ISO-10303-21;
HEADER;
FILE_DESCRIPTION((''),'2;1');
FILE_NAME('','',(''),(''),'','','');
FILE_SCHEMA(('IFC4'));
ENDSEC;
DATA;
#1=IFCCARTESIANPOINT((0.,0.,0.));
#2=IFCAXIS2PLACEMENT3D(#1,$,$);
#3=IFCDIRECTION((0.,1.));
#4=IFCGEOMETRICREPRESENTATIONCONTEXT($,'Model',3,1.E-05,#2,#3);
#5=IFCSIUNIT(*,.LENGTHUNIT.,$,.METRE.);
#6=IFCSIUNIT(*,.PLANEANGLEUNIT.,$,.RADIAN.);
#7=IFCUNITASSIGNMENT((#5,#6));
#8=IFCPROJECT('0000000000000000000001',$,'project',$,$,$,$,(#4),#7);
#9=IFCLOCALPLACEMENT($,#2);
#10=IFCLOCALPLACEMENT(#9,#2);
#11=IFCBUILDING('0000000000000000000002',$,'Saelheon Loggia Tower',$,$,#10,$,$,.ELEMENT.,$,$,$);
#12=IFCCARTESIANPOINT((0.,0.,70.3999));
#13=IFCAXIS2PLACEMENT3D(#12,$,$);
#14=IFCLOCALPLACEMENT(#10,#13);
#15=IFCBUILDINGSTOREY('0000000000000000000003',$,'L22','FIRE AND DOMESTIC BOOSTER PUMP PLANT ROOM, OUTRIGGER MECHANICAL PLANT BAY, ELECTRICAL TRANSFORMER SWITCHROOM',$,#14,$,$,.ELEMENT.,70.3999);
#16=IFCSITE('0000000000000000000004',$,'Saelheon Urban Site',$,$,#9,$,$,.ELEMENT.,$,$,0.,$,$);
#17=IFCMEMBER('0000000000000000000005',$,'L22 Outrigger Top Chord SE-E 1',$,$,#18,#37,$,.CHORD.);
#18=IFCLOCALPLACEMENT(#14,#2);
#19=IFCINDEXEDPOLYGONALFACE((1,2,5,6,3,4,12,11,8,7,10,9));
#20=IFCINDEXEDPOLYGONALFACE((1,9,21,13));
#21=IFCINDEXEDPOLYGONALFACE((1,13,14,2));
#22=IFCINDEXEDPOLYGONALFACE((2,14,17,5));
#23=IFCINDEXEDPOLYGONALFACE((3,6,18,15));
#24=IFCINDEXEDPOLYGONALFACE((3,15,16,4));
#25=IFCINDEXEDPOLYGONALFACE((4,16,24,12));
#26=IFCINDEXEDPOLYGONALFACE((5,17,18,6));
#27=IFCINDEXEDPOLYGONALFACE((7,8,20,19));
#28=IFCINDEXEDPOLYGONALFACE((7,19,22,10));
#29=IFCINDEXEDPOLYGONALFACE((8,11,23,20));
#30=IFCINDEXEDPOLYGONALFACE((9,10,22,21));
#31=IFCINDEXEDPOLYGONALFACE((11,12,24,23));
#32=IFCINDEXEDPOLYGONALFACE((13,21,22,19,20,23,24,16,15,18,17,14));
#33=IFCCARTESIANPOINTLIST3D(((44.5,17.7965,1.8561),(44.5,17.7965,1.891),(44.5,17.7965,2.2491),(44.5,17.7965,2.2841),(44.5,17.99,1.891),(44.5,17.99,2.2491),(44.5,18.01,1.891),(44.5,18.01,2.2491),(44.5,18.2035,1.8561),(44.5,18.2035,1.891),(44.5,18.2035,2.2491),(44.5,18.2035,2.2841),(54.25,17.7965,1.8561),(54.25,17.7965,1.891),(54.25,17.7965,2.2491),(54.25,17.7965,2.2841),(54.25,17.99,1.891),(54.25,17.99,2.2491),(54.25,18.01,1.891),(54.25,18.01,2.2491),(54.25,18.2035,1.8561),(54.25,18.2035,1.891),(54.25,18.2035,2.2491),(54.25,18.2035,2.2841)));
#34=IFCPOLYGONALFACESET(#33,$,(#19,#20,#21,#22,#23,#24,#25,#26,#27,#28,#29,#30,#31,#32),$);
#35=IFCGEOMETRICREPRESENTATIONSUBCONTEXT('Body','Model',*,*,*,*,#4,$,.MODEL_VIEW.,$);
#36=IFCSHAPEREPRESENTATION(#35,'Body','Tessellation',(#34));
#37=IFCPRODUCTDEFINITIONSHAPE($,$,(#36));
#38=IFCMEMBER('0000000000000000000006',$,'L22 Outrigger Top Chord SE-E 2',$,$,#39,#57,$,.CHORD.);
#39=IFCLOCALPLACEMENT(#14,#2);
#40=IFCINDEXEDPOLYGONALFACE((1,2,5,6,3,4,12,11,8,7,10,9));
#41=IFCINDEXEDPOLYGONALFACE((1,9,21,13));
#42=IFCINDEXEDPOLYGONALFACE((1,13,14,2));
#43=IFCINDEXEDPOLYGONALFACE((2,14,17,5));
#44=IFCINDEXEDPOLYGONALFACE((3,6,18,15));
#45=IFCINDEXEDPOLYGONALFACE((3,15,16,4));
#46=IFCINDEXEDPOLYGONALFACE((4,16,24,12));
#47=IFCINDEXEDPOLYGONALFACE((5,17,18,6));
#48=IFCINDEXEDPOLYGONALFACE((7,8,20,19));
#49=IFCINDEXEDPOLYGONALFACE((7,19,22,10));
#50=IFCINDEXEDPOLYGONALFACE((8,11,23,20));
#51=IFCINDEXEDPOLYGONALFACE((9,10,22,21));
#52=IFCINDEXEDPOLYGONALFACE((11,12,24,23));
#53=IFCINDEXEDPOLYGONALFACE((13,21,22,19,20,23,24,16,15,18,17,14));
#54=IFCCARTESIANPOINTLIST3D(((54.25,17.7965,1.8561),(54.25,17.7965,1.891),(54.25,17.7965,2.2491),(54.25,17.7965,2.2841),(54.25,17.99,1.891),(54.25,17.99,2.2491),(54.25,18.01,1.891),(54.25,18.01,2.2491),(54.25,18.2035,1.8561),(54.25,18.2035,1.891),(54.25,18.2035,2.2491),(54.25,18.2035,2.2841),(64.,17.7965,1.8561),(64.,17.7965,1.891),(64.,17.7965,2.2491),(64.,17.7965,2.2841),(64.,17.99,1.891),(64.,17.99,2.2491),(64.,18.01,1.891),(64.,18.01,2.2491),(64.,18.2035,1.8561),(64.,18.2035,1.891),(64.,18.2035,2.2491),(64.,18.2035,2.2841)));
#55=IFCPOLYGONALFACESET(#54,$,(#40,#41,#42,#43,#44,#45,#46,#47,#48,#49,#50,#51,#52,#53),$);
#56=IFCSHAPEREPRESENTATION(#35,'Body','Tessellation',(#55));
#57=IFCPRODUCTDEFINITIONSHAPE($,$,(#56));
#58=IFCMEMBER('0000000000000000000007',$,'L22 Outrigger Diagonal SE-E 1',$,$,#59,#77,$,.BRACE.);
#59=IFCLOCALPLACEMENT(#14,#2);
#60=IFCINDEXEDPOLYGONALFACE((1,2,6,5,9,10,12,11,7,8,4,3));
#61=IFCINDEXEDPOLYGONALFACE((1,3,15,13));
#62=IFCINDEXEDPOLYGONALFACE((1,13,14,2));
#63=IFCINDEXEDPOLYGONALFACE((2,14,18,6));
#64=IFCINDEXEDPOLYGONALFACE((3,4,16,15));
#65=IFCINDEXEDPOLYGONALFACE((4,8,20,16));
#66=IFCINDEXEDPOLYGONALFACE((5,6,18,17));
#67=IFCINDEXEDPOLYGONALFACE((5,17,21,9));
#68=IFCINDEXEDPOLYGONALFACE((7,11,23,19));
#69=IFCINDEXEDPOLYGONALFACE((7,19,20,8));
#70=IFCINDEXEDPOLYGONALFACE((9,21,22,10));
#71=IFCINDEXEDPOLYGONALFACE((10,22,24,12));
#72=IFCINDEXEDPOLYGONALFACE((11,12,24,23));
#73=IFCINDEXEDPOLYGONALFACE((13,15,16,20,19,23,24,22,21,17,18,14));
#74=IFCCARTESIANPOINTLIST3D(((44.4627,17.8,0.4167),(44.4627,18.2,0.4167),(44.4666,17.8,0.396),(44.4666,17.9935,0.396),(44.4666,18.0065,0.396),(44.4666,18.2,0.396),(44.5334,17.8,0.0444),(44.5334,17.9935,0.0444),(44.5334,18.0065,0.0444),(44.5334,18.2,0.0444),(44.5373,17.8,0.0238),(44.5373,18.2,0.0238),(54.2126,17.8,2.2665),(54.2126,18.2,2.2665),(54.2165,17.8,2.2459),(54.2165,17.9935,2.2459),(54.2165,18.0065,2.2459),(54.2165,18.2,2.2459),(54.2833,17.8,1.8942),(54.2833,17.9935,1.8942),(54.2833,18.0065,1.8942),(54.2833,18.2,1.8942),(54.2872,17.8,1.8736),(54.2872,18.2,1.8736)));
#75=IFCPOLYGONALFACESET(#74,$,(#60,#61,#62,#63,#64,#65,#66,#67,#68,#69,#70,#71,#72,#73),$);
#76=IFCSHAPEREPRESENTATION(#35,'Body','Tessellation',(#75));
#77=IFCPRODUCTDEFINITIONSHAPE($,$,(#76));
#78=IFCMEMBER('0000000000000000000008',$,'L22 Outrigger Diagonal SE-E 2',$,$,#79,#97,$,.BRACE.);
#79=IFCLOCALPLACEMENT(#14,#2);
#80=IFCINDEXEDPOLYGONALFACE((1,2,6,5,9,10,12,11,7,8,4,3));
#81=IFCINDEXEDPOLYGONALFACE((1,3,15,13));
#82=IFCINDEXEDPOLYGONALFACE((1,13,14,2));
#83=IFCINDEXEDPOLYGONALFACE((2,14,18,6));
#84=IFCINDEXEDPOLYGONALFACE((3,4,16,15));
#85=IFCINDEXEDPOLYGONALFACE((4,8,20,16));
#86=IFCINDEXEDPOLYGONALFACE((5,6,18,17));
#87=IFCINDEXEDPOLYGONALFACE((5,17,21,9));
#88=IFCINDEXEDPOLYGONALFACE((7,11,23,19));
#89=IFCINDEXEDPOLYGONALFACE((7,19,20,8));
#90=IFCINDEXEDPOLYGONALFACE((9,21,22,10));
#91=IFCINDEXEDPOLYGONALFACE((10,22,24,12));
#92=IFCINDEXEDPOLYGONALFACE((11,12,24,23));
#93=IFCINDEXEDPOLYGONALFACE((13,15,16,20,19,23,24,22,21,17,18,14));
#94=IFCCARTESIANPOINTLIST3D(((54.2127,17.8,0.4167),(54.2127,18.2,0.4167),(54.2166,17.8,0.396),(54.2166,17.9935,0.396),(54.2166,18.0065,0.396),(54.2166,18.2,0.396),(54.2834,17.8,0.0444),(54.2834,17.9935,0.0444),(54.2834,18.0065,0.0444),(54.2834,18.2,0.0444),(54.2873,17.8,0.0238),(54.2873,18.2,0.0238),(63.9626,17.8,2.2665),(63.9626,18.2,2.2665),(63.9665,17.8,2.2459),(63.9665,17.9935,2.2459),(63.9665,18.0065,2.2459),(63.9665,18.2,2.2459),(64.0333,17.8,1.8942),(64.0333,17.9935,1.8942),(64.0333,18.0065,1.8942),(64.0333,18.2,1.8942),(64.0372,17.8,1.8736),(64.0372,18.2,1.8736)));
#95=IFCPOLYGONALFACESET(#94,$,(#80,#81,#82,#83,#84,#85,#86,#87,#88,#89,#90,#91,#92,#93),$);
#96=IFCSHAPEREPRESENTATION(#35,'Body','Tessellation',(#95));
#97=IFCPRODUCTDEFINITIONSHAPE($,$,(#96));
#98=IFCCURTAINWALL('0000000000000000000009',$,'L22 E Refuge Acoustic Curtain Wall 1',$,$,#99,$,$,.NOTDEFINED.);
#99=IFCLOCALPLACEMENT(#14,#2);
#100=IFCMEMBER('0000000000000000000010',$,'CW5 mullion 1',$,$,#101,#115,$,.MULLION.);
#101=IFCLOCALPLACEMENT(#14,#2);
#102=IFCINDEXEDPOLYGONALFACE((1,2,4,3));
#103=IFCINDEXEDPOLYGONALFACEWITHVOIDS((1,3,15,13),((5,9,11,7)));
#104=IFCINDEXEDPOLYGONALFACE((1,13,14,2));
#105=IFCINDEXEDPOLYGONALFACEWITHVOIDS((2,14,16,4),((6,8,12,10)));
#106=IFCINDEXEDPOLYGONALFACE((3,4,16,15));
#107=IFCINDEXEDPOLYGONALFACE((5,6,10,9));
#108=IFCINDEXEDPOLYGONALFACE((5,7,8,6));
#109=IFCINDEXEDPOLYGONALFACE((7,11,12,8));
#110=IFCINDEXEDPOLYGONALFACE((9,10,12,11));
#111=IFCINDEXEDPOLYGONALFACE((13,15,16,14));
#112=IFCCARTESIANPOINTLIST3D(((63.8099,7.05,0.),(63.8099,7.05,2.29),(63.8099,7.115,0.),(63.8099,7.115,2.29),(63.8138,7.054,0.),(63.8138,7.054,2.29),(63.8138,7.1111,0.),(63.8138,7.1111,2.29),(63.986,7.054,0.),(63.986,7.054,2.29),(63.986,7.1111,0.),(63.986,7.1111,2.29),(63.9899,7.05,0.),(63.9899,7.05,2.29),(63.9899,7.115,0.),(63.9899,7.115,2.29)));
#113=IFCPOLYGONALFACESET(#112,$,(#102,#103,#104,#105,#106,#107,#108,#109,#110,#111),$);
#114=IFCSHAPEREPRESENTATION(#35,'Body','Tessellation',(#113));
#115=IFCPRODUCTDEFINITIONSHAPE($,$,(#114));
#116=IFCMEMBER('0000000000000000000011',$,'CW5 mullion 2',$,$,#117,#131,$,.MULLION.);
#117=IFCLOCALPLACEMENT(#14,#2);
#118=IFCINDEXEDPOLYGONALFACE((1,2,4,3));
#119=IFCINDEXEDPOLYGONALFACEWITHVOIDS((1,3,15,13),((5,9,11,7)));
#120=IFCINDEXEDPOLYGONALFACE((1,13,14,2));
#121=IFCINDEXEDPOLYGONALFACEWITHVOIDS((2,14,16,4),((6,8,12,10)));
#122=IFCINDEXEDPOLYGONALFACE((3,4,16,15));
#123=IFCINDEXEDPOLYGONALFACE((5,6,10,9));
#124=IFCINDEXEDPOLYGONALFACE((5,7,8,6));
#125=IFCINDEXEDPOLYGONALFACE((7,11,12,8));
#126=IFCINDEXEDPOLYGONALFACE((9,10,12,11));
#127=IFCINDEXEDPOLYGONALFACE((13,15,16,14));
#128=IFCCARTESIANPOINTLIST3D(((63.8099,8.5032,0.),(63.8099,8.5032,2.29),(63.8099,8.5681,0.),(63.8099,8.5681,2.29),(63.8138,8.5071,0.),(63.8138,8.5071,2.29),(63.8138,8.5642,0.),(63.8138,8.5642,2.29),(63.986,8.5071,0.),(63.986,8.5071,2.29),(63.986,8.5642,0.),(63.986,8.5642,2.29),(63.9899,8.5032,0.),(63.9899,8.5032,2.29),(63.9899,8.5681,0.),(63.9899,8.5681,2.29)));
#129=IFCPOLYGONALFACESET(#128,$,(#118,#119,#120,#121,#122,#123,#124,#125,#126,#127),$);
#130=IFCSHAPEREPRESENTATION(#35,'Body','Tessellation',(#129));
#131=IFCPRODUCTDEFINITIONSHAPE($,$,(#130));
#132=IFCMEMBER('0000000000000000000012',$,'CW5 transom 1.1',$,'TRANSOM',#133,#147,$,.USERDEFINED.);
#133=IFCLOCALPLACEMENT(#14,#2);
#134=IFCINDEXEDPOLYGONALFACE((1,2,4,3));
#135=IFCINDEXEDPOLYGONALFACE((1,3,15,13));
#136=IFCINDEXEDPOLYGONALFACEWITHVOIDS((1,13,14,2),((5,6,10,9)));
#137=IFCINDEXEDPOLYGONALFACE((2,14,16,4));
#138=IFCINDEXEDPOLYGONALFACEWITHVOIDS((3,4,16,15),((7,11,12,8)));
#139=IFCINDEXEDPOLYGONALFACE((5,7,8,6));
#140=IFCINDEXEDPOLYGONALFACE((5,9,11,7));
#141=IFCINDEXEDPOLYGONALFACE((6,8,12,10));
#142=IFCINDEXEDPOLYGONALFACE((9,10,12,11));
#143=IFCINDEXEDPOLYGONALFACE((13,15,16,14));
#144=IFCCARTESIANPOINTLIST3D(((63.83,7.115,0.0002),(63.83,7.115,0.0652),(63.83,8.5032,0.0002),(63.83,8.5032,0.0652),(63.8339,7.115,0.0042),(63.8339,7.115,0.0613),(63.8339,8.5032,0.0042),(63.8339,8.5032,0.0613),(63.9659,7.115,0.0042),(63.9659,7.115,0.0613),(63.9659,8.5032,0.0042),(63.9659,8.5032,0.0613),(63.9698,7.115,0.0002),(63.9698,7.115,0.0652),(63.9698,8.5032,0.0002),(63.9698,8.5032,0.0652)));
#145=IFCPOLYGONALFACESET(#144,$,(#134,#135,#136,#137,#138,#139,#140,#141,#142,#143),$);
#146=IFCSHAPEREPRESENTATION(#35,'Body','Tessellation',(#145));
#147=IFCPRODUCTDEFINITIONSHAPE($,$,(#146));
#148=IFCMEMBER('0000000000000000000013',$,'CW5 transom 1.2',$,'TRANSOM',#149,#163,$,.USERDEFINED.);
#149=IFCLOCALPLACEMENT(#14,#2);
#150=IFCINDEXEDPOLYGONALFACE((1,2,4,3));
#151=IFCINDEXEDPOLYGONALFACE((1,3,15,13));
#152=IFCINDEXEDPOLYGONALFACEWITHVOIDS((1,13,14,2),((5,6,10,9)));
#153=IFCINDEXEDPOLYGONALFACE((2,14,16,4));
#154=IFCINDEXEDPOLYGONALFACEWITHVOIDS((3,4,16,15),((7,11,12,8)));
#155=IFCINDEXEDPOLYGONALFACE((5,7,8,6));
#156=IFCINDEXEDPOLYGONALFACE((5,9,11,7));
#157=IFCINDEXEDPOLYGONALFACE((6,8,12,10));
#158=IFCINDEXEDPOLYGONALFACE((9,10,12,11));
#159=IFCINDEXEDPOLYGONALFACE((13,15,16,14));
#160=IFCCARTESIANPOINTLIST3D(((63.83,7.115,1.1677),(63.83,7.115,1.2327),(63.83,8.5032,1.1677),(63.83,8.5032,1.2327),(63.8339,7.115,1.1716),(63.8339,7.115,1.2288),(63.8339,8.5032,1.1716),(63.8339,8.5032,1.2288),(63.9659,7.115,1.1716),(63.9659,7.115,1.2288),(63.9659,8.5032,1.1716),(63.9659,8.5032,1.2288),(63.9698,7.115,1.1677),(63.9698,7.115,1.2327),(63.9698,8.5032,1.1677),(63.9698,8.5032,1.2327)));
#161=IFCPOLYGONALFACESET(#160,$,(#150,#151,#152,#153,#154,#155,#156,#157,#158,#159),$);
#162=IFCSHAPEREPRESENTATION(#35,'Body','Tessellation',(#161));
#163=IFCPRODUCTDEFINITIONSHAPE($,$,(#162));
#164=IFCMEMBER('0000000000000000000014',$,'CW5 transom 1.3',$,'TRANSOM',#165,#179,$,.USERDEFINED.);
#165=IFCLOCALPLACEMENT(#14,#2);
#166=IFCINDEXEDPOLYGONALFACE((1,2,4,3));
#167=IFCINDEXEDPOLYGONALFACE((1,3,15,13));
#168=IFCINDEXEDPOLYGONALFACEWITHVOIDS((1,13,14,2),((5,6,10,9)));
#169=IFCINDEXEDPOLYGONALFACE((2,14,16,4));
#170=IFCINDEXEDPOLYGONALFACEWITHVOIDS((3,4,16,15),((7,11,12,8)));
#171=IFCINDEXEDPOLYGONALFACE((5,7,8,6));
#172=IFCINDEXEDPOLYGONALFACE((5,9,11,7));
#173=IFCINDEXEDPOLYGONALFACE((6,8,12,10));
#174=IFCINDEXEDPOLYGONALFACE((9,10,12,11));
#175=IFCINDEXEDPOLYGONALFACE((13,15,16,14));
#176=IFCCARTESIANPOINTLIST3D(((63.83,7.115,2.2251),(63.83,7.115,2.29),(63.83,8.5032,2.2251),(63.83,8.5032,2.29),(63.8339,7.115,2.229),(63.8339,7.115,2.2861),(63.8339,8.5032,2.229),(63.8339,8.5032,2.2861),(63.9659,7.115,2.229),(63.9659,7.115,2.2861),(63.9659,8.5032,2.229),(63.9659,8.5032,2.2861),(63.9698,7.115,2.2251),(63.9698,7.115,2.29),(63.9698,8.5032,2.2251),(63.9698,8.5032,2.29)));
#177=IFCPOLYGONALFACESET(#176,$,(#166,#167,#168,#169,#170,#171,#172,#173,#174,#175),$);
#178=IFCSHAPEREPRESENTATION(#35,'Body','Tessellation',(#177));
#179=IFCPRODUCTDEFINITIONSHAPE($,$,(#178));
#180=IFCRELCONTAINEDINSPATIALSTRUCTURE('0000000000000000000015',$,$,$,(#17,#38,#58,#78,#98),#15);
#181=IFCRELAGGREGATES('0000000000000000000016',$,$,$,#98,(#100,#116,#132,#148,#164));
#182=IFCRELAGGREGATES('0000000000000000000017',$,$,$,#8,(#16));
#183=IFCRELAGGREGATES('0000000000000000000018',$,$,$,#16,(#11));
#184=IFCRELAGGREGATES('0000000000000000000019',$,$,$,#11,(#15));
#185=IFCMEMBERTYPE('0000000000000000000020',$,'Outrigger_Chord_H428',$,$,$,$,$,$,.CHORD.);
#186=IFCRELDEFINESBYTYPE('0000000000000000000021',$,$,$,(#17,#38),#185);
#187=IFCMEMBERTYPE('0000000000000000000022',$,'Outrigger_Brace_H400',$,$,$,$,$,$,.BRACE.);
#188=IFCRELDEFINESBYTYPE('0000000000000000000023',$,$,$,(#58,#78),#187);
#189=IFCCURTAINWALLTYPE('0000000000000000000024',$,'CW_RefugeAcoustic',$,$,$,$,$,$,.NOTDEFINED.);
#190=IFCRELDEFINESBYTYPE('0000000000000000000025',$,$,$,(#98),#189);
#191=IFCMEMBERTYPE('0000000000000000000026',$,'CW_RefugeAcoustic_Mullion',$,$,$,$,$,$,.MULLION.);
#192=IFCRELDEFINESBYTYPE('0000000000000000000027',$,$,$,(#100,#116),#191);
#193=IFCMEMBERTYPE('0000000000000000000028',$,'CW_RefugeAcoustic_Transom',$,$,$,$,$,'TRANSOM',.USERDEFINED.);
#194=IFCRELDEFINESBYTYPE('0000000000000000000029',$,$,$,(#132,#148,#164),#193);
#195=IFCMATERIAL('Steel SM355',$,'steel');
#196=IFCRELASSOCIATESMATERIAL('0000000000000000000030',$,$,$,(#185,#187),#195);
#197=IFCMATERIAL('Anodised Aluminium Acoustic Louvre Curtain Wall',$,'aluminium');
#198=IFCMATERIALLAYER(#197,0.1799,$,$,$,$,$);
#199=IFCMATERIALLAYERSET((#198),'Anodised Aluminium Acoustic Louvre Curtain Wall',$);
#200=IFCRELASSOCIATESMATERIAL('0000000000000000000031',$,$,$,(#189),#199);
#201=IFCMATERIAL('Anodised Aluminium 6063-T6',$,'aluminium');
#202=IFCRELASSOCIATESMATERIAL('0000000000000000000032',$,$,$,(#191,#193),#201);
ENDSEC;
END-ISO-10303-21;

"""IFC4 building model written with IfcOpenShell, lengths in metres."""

from ifc_helpers import new_model, si_unit, direction, frame, origin, origin_2d, place, context, subcontext, project, spatial, hollow_rectangle, i_section, extrude, source, transform, mapped, material, layer, layer_set, material_profile, profile_set, type_object, element, aggregate, save


model = new_model("IFC4")

# Units and contexts
model_context = context("Model", 3, precision=1e-05, world=origin(), true_north=direction((0.0, 1.0)))
body_context = subcontext(model_context, "Body", "Model", "MODEL_VIEW")
ifc_project = project(units=[si_unit("LENGTHUNIT", "METRE"), si_unit("PLANEANGLEUNIT", "RADIAN")], contexts=[model_context])

# Site, building, storey
site_placement = place(None, origin())
site = spatial("IfcSite", under=ifc_project, at=site_placement, Name="Saelheon Urban Site", CompositionType="ELEMENT", RefElevation=0.0)
building_placement = place(site_placement, origin())
building = spatial("IfcBuilding", under=site, at=building_placement, Name="Saelheon Loggia Tower", CompositionType="ELEMENT")
storey_placement = place(building_placement, frame((0.0, 0.0, 70.3999)))
storey = spatial("IfcBuildingStorey", under=building, at=storey_placement, Name="L22", Description="FIRE AND DOMESTIC BOOSTER PUMP PLANT ROOM, OUTRIGGER MECHANICAL PLANT BAY, ELECTRICAL TRANSFORMER SWITCHROOM", CompositionType="ELEMENT", Elevation=70.3999)

# Members
ifc_material_1 = material(Name="Steel SM355", Category="steel")
ifc_material_profile_1 = material_profile(ifc_material_1, i_section(OverallWidth=0.407, OverallDepth=0.428, WebThickness=0.02, FlangeThickness=0.0349, at=origin_2d()), Name="H-428x407x20x35")
ifc_profile_set_1 = profile_set([ifc_material_profile_1], Name="Steel SM355")
member_type_1 = type_object("IfcMemberType", Name="Outrigger_Chord_H428", PredefinedType="CHORD", material=ifc_profile_set_1)
shared_shape_1 = source(origin(), body_context, "Body", "SweptSolid", [
    extrude(i_section(OverallWidth=0.407, OverallDepth=0.428, WebThickness=0.02, FlangeThickness=0.0349, at=origin_2d()), origin(), (0.0, 0.0, 1.0), 9.75),
])
for number, where, z_axis, x_axis, name in (
    (1, (44.5, 18.0, 2.0701), (1.0, 0.0, 0.0), (0.0, 1.0, 0.0), "L22 Outrigger Top Chord SE-E 1"),
    (2, (54.25, 18.0, 2.0701), (1.0, 0.0, 0.0), (0.0, 1.0, 0.0), "L22 Outrigger Top Chord SE-E 2"),
):
    element("IfcMember", number, at=place(storey_placement, frame(where, z_axis=z_axis, x_axis=x_axis)), inside=storey, type_object=member_type_1, Name=name, PredefinedType="CHORD", context=body_context, shape_type="MappedRepresentation", body=[
        mapped(shared_shape_1, transform((0.0, 0.0, 0.0), scale=1.0)),
    ])
ifc_material_profile_2 = material_profile(ifc_material_1, i_section(OverallWidth=0.3999, OverallDepth=0.3999, WebThickness=0.0129, FlangeThickness=0.021, at=origin_2d()), Name="H-400x400x13x21")
ifc_profile_set_2 = profile_set([ifc_material_profile_2], Name="Steel SM355")
member_type_2 = type_object("IfcMemberType", Name="Outrigger_Brace_H400", PredefinedType="BRACE", material=ifc_profile_set_2)
shared_shape_2 = source(origin(), body_context, "Body", "SweptSolid", [
    extrude(i_section(OverallWidth=0.3999, OverallDepth=0.3999, WebThickness=0.0129, FlangeThickness=0.021, at=origin_2d()), origin(), (0.0, 0.0, 1.0), 9.9238),
])
for number, where, z_axis, x_axis, name in (
    (3, (44.5, 18.0, 0.2202), (0.982473, 0.0, 0.186403), (0.0, 1.0, 0.0), "L22 Outrigger Diagonal SE-E 1"),
    (4, (54.25, 18.0, 0.2202), (0.982473, 0.0, 0.186403), (0.0, 1.0, 0.0), "L22 Outrigger Diagonal SE-E 2"),
):
    element("IfcMember", number, at=place(storey_placement, frame(where, z_axis=z_axis, x_axis=x_axis)), inside=storey, type_object=member_type_2, Name=name, PredefinedType="BRACE", context=body_context, shape_type="MappedRepresentation", body=[
        mapped(shared_shape_2, transform((0.0, 0.0, 0.0), scale=1.0)),
    ])

# Curtain wall, members
ifc_material_2 = material(Name="Anodised Aluminium Acoustic Louvre Curtain Wall", Category="aluminium")
ifc_layer_1 = layer(ifc_material_2, 0.1799)
ifc_layer_set_1 = layer_set([ifc_layer_1], Name="Anodised Aluminium Acoustic Louvre Curtain Wall")
curtain_wall_type = type_object("IfcCurtainWallType", Name="CW_RefugeAcoustic", PredefinedType="NOTDEFINED", material=ifc_layer_set_1)
curtain_wall_placement = place(storey_placement, origin())
curtain_wall = element("IfcCurtainWall", 5, at=curtain_wall_placement, inside=storey, type_object=curtain_wall_type, Name="L22 E Refuge Acoustic Curtain Wall 1", PredefinedType="NOTDEFINED")
ifc_material_3 = material(Name="Anodised Aluminium 6063-T6", Category="aluminium")
ifc_material_profile_3 = material_profile(ifc_material_3, hollow_rectangle(XDim=0.0649, YDim=0.1799, WallThickness=0.0039, at=origin_2d()), Name="RHS-180x65x4")
ifc_profile_set_3 = profile_set([ifc_material_profile_3], Name="Anodised Aluminium 6063-T6")
member_type_3 = type_object("IfcMemberType", Name="CW_RefugeAcoustic_Mullion", PredefinedType="MULLION", material=ifc_profile_set_3)
shared_shape_3 = source(origin(), body_context, "Body", "SweptSolid", [
    extrude(hollow_rectangle(XDim=0.0649, YDim=0.1799, WallThickness=0.0039, at=origin_2d()), origin(), (0.0, 0.0, 1.0), 2.29),
])
member_1_placement = place(storey_placement, frame((63.8999, 7.0825, 0.0), z_axis=(0.0, 0.0, 1.0), x_axis=(0.0, 1.0, 0.0)))
member_1 = element("IfcMember", 6, at=member_1_placement, type_object=member_type_3, Name="CW5 mullion 1", PredefinedType="MULLION", context=body_context, shape_type="MappedRepresentation", body=[
    mapped(shared_shape_3, transform((0.0, 0.0, 0.0), scale=1.0)),
])
member_2_placement = place(storey_placement, frame((63.8999, 8.5356, 0.0), z_axis=(0.0, 0.0, 1.0), x_axis=(0.0, 1.0, 0.0)))
member_2 = element("IfcMember", 7, at=member_2_placement, type_object=member_type_3, Name="CW5 mullion 2", PredefinedType="MULLION", context=body_context, shape_type="MappedRepresentation", body=[
    mapped(shared_shape_3, transform((0.0, 0.0, 0.0), scale=1.0)),
])
ifc_material_profile_4 = material_profile(ifc_material_3, hollow_rectangle(XDim=0.0649, YDim=0.1399, WallThickness=0.0039, at=origin_2d()), Name="RHS-140x65x4")
ifc_profile_set_4 = profile_set([ifc_material_profile_4], Name="Anodised Aluminium 6063-T6")
member_type_4 = type_object("IfcMemberType", Name="CW_RefugeAcoustic_Transom", ElementType="TRANSOM", PredefinedType="USERDEFINED", material=ifc_profile_set_4)
shared_shape_4 = source(origin(), body_context, "Body", "SweptSolid", [
    extrude(hollow_rectangle(XDim=0.0649, YDim=0.1399, WallThickness=0.0039, at=origin_2d()), origin(), (0.0, 0.0, 1.0), 1.3882),
])
member_3_placement = place(storey_placement, frame((63.8999, 7.115, 0.0327), z_axis=(0.0, 1.0, 0.0), x_axis=(0.0, 0.0, 1.0)))
member_3 = element("IfcMember", 8, at=member_3_placement, type_object=member_type_4, Name="CW5 transom 1.1", ObjectType="TRANSOM", PredefinedType="USERDEFINED", context=body_context, shape_type="MappedRepresentation", body=[
    mapped(shared_shape_4, transform((0.0, 0.0, 0.0), scale=1.0)),
])
member_4_placement = place(storey_placement, frame((63.8999, 7.115, 1.2002), z_axis=(0.0, 1.0, 0.0), x_axis=(0.0, 0.0, 1.0)))
member_4 = element("IfcMember", 9, at=member_4_placement, type_object=member_type_4, Name="CW5 transom 1.2", ObjectType="TRANSOM", PredefinedType="USERDEFINED", context=body_context, shape_type="MappedRepresentation", body=[
    mapped(shared_shape_4, transform((0.0, 0.0, 0.0), scale=1.0)),
])
member_5_placement = place(storey_placement, frame((63.8999, 7.115, 2.2576), z_axis=(0.0, 1.0, 0.0), x_axis=(0.0, 0.0, 1.0)))
member_5 = element("IfcMember", 10, at=member_5_placement, type_object=member_type_4, Name="CW5 transom 1.3", ObjectType="TRANSOM", PredefinedType="USERDEFINED", context=body_context, shape_type="MappedRepresentation", body=[
    mapped(shared_shape_4, transform((0.0, 0.0, 0.0), scale=1.0)),
])

aggregate(curtain_wall, [member_1, member_2, member_3, member_4, member_5])

save(model, "model.ifc")
